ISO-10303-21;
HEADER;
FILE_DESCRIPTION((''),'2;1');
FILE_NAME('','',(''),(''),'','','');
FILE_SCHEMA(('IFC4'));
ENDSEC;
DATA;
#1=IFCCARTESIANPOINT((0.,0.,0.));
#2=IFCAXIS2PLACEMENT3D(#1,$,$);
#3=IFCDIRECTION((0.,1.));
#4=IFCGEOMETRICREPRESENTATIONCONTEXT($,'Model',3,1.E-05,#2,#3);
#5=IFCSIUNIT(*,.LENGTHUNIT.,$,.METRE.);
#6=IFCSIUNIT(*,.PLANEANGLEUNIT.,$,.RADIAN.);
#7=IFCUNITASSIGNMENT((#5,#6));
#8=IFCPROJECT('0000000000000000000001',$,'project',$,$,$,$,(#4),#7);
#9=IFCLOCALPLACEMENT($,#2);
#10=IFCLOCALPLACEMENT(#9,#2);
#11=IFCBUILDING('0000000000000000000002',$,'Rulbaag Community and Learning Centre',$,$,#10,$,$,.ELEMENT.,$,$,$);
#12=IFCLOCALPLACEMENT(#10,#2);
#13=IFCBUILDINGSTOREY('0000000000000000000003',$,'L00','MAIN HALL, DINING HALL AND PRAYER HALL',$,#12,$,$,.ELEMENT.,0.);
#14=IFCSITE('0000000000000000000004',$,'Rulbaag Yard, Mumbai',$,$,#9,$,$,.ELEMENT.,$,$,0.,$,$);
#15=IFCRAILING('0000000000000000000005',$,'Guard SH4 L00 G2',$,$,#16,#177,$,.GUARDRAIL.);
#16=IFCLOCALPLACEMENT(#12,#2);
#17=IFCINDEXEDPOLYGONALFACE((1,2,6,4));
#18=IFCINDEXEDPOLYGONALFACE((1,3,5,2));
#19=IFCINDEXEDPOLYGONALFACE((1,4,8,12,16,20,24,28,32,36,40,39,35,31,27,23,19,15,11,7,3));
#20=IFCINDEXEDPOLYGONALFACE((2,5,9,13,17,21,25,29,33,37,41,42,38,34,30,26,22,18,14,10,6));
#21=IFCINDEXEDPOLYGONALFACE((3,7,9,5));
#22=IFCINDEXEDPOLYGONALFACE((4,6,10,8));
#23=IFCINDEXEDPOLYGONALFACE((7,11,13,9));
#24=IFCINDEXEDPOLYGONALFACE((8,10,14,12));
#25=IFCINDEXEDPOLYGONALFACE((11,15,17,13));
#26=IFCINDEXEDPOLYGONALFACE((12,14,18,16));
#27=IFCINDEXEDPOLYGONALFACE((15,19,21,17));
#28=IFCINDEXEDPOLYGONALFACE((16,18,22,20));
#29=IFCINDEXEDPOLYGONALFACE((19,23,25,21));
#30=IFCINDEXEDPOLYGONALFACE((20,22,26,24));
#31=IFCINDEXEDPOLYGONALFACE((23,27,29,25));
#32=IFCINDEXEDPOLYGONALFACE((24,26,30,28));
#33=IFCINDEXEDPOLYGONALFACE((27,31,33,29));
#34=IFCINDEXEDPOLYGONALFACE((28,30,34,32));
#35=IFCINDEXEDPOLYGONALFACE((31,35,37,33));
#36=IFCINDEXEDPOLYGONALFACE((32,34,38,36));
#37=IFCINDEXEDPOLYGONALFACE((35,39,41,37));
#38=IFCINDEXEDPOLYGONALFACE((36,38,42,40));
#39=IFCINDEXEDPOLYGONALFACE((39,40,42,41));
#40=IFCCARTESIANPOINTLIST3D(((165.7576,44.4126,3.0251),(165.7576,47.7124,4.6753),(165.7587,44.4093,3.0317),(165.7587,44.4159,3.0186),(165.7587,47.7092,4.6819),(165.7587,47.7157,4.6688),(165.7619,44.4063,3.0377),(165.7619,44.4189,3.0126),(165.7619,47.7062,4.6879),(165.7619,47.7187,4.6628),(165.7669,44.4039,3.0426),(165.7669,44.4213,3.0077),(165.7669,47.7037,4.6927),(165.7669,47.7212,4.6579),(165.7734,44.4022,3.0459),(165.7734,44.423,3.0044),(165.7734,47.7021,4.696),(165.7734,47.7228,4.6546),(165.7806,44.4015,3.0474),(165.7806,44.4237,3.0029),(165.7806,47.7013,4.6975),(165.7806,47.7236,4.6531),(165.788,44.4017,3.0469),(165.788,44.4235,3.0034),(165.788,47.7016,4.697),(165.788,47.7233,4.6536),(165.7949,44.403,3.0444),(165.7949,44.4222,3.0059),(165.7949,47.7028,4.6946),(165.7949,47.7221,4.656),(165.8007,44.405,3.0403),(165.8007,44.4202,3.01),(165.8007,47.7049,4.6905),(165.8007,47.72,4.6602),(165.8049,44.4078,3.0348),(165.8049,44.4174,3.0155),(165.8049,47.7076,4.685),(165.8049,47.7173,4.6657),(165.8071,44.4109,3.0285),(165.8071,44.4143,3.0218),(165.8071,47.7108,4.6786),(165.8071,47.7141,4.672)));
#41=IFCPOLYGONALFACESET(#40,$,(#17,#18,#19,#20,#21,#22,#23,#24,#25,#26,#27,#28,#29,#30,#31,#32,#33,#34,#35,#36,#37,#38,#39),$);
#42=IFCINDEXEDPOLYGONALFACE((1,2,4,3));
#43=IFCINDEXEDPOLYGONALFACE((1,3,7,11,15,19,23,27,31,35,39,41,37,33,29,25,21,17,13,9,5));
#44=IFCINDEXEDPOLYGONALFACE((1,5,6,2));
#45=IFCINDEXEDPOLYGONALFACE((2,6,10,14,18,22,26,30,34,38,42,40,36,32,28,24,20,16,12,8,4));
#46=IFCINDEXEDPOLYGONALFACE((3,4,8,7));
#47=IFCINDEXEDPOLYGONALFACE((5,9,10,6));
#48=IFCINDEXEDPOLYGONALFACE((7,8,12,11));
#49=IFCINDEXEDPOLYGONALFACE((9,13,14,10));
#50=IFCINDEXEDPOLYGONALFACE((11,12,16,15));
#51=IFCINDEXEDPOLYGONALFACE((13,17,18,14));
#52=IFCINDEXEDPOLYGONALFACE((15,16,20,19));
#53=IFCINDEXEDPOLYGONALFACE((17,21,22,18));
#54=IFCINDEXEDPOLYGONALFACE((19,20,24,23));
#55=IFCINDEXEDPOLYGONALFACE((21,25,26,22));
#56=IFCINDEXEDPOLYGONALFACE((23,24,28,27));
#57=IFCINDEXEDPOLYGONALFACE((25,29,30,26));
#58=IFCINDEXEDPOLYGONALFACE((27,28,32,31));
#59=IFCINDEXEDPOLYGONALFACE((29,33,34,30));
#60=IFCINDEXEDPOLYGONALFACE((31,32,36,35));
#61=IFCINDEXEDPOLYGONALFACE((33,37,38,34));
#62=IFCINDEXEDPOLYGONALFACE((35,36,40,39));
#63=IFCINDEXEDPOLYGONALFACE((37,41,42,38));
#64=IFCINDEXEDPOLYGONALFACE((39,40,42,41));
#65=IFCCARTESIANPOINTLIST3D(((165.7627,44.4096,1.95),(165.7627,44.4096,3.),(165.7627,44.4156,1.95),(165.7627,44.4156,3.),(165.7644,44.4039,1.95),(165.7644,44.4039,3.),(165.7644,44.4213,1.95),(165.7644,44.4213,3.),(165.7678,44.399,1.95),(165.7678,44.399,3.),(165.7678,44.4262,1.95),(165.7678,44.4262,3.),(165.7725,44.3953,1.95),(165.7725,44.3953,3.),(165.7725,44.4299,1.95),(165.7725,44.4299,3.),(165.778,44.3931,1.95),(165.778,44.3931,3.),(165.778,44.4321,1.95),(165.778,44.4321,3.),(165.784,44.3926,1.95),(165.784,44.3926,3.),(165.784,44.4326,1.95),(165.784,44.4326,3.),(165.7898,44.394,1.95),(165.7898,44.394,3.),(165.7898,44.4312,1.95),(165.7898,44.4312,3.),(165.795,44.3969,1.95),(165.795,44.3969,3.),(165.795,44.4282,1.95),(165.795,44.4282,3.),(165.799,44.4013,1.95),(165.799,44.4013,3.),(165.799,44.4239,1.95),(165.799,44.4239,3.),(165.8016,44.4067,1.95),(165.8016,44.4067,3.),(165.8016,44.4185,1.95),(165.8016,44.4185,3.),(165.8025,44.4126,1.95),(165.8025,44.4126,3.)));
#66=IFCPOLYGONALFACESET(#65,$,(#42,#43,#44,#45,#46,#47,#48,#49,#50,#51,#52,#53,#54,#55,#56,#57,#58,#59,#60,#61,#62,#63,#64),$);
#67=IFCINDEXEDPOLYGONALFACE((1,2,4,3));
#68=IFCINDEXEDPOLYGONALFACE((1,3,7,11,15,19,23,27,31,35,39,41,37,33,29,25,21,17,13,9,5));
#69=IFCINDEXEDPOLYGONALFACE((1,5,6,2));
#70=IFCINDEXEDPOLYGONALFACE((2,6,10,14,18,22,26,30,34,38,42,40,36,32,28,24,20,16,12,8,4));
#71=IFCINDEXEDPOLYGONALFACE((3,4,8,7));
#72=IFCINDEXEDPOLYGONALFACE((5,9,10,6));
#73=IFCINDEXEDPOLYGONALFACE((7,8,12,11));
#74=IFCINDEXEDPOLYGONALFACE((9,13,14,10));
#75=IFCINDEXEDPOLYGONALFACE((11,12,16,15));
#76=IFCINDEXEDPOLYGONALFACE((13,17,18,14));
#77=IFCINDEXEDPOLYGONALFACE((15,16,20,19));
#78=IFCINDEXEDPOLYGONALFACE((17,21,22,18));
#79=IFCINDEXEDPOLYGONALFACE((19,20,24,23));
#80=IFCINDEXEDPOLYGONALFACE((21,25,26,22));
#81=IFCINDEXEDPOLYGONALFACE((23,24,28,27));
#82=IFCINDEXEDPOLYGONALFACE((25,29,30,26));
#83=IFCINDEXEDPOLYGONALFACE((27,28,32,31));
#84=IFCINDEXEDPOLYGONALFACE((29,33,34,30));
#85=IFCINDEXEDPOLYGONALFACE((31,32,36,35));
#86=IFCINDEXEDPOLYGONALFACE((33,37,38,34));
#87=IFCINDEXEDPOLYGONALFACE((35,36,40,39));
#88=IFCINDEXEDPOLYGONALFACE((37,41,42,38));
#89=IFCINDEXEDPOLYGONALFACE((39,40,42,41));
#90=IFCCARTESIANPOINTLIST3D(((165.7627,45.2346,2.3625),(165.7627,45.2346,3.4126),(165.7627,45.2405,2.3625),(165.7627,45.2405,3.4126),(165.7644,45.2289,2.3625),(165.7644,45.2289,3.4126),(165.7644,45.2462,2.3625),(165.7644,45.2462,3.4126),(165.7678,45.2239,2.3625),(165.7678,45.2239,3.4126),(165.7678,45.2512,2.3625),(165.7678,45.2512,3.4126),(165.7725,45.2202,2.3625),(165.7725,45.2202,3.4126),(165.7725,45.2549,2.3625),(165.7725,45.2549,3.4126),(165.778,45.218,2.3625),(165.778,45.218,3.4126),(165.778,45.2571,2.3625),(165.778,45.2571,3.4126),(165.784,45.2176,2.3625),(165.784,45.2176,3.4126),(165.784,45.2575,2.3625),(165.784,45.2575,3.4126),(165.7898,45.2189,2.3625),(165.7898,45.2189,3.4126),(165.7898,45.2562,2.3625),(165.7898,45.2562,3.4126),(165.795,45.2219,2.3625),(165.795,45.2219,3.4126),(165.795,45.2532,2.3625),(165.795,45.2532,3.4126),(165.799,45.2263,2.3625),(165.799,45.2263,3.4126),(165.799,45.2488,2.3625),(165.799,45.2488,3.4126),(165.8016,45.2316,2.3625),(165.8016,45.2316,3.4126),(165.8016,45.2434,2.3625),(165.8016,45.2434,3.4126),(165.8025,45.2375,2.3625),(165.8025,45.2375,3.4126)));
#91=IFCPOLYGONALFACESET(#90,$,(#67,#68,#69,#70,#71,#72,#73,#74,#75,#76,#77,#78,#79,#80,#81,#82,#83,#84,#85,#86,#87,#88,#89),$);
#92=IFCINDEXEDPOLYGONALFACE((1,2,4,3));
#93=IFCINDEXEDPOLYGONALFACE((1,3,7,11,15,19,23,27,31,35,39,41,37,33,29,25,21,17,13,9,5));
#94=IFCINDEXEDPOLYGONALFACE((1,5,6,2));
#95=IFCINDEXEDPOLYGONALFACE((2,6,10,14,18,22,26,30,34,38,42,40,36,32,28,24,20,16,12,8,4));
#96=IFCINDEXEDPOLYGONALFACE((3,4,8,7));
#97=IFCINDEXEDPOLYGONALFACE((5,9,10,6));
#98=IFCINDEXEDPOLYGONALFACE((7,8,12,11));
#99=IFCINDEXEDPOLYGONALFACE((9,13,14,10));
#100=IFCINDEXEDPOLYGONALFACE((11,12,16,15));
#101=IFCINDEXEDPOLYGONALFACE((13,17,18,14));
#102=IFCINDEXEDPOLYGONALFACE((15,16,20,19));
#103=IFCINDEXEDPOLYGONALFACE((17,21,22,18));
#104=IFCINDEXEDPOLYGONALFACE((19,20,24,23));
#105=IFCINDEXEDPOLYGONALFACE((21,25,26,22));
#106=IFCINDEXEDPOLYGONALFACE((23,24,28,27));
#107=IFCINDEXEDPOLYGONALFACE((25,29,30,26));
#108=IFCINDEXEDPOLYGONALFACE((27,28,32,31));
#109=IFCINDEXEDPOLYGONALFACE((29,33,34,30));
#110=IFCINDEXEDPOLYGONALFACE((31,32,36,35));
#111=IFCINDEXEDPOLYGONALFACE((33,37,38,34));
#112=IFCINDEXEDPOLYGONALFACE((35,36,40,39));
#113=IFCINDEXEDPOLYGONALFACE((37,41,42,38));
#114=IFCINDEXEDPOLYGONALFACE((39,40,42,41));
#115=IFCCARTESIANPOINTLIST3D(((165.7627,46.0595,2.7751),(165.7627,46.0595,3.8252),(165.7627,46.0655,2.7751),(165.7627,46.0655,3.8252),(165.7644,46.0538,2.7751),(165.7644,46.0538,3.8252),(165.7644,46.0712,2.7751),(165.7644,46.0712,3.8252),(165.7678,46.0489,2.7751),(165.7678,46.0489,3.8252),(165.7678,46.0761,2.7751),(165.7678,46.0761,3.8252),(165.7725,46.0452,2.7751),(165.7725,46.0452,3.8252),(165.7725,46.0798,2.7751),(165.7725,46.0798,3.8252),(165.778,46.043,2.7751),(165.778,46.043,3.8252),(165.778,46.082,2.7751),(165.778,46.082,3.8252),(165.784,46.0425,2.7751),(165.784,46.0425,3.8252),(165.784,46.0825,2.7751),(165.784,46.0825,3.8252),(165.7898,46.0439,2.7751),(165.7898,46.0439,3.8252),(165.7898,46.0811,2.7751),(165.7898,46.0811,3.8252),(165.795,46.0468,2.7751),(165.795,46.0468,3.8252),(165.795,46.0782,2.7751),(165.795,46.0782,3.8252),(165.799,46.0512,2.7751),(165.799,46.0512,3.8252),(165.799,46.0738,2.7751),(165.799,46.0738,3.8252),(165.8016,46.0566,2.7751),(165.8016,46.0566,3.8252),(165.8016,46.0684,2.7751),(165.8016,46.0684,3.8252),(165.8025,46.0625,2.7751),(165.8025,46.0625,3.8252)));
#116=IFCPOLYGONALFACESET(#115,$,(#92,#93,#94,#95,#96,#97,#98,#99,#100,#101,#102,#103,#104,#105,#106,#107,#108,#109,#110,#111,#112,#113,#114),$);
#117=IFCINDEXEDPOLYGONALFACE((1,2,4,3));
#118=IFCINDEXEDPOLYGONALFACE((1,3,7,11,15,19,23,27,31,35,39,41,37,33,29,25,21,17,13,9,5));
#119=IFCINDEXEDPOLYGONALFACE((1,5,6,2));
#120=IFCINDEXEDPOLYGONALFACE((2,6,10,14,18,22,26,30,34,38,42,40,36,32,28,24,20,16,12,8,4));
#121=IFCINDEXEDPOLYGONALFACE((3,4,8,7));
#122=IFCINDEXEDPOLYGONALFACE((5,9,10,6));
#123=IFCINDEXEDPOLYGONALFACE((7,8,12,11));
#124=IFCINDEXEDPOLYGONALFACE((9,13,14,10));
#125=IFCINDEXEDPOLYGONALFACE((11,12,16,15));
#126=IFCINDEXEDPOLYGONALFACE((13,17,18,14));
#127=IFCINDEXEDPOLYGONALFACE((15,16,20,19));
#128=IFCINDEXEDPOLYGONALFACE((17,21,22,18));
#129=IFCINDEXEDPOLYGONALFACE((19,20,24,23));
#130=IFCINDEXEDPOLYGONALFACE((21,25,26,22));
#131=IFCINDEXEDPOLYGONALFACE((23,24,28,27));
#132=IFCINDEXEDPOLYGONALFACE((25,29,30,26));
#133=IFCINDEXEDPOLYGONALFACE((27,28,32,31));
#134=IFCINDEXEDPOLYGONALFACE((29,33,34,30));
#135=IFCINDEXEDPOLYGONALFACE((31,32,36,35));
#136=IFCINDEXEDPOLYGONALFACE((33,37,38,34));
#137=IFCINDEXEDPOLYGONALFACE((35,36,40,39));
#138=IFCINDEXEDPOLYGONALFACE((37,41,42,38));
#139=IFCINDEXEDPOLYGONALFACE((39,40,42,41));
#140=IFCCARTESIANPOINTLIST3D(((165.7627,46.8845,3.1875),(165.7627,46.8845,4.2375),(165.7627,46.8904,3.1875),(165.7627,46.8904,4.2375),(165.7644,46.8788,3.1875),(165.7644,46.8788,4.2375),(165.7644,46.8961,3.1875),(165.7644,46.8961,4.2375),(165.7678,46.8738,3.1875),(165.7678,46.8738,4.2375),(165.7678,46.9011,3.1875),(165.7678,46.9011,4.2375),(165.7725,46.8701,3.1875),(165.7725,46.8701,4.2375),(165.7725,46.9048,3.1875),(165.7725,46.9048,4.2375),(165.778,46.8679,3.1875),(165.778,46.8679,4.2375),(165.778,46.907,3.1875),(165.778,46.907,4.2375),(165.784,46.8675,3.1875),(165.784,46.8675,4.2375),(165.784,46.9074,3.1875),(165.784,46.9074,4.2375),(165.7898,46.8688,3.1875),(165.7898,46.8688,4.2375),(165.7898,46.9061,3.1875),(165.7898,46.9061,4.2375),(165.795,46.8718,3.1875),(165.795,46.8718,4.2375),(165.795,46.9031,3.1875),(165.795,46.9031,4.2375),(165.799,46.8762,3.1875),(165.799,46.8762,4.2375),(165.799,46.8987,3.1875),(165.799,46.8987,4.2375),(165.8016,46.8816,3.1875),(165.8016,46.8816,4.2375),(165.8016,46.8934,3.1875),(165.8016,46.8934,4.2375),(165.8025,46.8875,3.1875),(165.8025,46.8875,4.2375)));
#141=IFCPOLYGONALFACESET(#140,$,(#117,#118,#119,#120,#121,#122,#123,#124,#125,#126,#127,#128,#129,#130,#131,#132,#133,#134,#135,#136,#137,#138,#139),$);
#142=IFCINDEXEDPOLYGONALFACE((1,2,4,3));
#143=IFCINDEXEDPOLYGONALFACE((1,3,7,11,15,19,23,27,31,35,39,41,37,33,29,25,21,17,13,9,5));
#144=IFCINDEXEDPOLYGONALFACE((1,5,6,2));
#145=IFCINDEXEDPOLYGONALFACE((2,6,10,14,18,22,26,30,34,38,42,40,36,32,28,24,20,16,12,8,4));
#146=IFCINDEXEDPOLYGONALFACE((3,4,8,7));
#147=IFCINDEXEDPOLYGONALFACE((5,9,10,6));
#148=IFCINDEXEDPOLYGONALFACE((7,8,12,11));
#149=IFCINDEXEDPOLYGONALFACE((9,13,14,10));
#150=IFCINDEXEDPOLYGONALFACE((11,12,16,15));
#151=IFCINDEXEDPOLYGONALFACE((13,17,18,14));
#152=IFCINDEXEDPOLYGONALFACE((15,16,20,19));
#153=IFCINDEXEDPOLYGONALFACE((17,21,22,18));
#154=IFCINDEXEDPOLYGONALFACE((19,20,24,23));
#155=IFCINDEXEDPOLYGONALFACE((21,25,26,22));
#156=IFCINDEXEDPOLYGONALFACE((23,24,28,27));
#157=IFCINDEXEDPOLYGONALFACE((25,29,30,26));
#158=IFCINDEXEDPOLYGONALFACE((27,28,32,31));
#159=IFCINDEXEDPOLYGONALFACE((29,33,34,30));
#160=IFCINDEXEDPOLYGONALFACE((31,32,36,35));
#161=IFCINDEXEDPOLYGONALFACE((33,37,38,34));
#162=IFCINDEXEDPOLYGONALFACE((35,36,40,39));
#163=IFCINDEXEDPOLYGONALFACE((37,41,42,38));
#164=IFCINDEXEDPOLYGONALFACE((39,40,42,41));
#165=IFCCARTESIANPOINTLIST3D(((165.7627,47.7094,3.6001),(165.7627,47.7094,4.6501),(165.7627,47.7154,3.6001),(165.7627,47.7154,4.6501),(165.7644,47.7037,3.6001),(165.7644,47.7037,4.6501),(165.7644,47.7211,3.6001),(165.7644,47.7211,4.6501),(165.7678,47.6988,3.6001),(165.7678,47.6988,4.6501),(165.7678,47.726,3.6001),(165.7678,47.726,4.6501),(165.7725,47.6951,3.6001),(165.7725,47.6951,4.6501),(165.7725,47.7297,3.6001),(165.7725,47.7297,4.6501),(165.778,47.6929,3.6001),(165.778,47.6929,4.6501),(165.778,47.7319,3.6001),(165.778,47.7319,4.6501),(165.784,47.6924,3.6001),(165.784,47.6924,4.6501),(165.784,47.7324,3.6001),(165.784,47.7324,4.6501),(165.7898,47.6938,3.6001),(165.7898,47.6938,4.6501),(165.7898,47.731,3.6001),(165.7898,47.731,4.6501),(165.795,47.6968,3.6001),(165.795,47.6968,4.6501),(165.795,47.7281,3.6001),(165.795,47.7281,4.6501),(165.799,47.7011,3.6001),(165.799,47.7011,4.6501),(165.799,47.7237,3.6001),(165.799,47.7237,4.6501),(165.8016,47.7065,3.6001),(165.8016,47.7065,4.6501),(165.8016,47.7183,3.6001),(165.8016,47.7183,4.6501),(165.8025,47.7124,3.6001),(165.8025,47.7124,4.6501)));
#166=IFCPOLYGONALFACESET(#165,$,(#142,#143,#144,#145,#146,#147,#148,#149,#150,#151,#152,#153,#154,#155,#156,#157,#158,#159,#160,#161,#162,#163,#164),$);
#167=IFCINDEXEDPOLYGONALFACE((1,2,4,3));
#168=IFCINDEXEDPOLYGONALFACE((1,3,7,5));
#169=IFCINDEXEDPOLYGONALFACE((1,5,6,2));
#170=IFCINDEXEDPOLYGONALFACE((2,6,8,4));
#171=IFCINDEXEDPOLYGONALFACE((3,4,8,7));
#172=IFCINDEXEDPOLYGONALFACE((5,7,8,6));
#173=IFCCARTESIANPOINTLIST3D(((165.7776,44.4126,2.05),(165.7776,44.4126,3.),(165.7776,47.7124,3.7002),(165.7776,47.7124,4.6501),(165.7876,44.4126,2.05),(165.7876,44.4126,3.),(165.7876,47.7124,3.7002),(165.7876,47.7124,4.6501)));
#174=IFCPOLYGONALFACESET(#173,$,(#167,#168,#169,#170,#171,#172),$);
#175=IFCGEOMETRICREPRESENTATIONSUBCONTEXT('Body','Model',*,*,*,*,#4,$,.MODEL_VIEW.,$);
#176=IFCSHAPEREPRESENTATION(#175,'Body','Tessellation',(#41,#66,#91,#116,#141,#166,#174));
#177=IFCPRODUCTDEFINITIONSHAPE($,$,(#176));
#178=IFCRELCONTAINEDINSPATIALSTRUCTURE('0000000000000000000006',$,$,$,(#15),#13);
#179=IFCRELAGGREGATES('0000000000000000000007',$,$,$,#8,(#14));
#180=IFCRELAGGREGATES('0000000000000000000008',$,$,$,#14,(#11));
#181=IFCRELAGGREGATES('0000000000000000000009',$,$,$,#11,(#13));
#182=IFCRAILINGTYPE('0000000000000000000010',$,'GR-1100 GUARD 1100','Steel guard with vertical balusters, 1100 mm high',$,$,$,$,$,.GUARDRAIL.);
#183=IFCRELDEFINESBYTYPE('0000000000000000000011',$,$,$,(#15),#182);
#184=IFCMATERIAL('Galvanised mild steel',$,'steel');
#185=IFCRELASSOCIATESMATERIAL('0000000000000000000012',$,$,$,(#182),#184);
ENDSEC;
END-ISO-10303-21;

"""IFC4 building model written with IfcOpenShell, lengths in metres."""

from ifc_helpers import new_model, si_unit, direction, frame, origin, origin_2d, place, context, subcontext, project, spatial, polyline, circle, outline, extrude, material, type_object, element, save


model = new_model("IFC4")

# Units and contexts
model_context = context("Model", 3, precision=1e-05, world=origin(), true_north=direction((0.0, 1.0)))
body_context = subcontext(model_context, "Body", "Model", "MODEL_VIEW")
ifc_project = project(units=[si_unit("LENGTHUNIT", "METRE"), si_unit("PLANEANGLEUNIT", "RADIAN")], contexts=[model_context])

# Site, building, storey
site_placement = place(None, origin())
site = spatial("IfcSite", under=ifc_project, at=site_placement, Name="Rulbaag Yard, Mumbai", CompositionType="ELEMENT", RefElevation=0.0)
building_placement = place(site_placement, origin())
building = spatial("IfcBuilding", under=site, at=building_placement, Name="Rulbaag Community and Learning Centre", CompositionType="ELEMENT")
storey_placement = place(building_placement, origin())
storey = spatial("IfcBuildingStorey", under=building, at=storey_placement, Name="L00", Description="MAIN HALL, DINING HALL AND PRAYER HALL", CompositionType="ELEMENT", Elevation=0.0)

# Railing
ifc_material_1 = material(Name="Galvanised mild steel", Category="steel")
railing_type_1 = type_object("IfcRailingType", Name="GR-1100 GUARD 1100", Description="Steel guard with vertical balusters, 1100 mm high", PredefinedType="GUARDRAIL", material=ifc_material_1)
railing_1_placement = place(storey_placement, frame((165.7825, 44.4126, 1.95)))
element("IfcRailing", 1, at=railing_1_placement, inside=storey, type_object=railing_type_1, Name="Guard SH4 L00 G2", PredefinedType="GUARDRAIL", context=body_context, shape_type="SweptSolid", body=[
    extrude(circle(Radius=0.0249, at=origin_2d()), frame((0.0, 0.0, 1.0752), z_axis=(0.0, 0.894401, 0.447267), x_axis=(-1.0, 0.0, 0.0)), (0.0, 0.0, 1.0), 3.6895),
    extrude(circle(Radius=0.02, at=origin_2d()), origin(), (0.0, 0.0, 1.0), 1.05),
    extrude(circle(Radius=0.02, at=origin_2d()), frame((0.0, 0.825, 0.4126)), (0.0, 0.0, 1.0), 1.05),
    extrude(circle(Radius=0.02, at=origin_2d()), frame((0.0, 1.6499, 0.8252)), (0.0, 0.0, 1.0), 1.05),
    extrude(circle(Radius=0.02, at=origin_2d()), frame((0.0, 2.4749, 1.2375)), (0.0, 0.0, 1.0), 1.05),
    extrude(circle(Radius=0.02, at=origin_2d()), frame((0.0, 3.2998, 1.6501)), (0.0, 0.0, 1.0), 1.05),
    extrude(outline(polyline([(0.0, 0.0), (3.2998, 1.6501), (3.2998, 2.6001), (0.0, 0.95), (0.0, 0.0)])), frame((-0.0049, 0.0, 0.1001), z_axis=(1.0, 0.0, 0.0), x_axis=(0.0, 1.0, 0.0)), (0.0, 0.0, 1.0), 0.01),
])

save(model, "model.ifc")
